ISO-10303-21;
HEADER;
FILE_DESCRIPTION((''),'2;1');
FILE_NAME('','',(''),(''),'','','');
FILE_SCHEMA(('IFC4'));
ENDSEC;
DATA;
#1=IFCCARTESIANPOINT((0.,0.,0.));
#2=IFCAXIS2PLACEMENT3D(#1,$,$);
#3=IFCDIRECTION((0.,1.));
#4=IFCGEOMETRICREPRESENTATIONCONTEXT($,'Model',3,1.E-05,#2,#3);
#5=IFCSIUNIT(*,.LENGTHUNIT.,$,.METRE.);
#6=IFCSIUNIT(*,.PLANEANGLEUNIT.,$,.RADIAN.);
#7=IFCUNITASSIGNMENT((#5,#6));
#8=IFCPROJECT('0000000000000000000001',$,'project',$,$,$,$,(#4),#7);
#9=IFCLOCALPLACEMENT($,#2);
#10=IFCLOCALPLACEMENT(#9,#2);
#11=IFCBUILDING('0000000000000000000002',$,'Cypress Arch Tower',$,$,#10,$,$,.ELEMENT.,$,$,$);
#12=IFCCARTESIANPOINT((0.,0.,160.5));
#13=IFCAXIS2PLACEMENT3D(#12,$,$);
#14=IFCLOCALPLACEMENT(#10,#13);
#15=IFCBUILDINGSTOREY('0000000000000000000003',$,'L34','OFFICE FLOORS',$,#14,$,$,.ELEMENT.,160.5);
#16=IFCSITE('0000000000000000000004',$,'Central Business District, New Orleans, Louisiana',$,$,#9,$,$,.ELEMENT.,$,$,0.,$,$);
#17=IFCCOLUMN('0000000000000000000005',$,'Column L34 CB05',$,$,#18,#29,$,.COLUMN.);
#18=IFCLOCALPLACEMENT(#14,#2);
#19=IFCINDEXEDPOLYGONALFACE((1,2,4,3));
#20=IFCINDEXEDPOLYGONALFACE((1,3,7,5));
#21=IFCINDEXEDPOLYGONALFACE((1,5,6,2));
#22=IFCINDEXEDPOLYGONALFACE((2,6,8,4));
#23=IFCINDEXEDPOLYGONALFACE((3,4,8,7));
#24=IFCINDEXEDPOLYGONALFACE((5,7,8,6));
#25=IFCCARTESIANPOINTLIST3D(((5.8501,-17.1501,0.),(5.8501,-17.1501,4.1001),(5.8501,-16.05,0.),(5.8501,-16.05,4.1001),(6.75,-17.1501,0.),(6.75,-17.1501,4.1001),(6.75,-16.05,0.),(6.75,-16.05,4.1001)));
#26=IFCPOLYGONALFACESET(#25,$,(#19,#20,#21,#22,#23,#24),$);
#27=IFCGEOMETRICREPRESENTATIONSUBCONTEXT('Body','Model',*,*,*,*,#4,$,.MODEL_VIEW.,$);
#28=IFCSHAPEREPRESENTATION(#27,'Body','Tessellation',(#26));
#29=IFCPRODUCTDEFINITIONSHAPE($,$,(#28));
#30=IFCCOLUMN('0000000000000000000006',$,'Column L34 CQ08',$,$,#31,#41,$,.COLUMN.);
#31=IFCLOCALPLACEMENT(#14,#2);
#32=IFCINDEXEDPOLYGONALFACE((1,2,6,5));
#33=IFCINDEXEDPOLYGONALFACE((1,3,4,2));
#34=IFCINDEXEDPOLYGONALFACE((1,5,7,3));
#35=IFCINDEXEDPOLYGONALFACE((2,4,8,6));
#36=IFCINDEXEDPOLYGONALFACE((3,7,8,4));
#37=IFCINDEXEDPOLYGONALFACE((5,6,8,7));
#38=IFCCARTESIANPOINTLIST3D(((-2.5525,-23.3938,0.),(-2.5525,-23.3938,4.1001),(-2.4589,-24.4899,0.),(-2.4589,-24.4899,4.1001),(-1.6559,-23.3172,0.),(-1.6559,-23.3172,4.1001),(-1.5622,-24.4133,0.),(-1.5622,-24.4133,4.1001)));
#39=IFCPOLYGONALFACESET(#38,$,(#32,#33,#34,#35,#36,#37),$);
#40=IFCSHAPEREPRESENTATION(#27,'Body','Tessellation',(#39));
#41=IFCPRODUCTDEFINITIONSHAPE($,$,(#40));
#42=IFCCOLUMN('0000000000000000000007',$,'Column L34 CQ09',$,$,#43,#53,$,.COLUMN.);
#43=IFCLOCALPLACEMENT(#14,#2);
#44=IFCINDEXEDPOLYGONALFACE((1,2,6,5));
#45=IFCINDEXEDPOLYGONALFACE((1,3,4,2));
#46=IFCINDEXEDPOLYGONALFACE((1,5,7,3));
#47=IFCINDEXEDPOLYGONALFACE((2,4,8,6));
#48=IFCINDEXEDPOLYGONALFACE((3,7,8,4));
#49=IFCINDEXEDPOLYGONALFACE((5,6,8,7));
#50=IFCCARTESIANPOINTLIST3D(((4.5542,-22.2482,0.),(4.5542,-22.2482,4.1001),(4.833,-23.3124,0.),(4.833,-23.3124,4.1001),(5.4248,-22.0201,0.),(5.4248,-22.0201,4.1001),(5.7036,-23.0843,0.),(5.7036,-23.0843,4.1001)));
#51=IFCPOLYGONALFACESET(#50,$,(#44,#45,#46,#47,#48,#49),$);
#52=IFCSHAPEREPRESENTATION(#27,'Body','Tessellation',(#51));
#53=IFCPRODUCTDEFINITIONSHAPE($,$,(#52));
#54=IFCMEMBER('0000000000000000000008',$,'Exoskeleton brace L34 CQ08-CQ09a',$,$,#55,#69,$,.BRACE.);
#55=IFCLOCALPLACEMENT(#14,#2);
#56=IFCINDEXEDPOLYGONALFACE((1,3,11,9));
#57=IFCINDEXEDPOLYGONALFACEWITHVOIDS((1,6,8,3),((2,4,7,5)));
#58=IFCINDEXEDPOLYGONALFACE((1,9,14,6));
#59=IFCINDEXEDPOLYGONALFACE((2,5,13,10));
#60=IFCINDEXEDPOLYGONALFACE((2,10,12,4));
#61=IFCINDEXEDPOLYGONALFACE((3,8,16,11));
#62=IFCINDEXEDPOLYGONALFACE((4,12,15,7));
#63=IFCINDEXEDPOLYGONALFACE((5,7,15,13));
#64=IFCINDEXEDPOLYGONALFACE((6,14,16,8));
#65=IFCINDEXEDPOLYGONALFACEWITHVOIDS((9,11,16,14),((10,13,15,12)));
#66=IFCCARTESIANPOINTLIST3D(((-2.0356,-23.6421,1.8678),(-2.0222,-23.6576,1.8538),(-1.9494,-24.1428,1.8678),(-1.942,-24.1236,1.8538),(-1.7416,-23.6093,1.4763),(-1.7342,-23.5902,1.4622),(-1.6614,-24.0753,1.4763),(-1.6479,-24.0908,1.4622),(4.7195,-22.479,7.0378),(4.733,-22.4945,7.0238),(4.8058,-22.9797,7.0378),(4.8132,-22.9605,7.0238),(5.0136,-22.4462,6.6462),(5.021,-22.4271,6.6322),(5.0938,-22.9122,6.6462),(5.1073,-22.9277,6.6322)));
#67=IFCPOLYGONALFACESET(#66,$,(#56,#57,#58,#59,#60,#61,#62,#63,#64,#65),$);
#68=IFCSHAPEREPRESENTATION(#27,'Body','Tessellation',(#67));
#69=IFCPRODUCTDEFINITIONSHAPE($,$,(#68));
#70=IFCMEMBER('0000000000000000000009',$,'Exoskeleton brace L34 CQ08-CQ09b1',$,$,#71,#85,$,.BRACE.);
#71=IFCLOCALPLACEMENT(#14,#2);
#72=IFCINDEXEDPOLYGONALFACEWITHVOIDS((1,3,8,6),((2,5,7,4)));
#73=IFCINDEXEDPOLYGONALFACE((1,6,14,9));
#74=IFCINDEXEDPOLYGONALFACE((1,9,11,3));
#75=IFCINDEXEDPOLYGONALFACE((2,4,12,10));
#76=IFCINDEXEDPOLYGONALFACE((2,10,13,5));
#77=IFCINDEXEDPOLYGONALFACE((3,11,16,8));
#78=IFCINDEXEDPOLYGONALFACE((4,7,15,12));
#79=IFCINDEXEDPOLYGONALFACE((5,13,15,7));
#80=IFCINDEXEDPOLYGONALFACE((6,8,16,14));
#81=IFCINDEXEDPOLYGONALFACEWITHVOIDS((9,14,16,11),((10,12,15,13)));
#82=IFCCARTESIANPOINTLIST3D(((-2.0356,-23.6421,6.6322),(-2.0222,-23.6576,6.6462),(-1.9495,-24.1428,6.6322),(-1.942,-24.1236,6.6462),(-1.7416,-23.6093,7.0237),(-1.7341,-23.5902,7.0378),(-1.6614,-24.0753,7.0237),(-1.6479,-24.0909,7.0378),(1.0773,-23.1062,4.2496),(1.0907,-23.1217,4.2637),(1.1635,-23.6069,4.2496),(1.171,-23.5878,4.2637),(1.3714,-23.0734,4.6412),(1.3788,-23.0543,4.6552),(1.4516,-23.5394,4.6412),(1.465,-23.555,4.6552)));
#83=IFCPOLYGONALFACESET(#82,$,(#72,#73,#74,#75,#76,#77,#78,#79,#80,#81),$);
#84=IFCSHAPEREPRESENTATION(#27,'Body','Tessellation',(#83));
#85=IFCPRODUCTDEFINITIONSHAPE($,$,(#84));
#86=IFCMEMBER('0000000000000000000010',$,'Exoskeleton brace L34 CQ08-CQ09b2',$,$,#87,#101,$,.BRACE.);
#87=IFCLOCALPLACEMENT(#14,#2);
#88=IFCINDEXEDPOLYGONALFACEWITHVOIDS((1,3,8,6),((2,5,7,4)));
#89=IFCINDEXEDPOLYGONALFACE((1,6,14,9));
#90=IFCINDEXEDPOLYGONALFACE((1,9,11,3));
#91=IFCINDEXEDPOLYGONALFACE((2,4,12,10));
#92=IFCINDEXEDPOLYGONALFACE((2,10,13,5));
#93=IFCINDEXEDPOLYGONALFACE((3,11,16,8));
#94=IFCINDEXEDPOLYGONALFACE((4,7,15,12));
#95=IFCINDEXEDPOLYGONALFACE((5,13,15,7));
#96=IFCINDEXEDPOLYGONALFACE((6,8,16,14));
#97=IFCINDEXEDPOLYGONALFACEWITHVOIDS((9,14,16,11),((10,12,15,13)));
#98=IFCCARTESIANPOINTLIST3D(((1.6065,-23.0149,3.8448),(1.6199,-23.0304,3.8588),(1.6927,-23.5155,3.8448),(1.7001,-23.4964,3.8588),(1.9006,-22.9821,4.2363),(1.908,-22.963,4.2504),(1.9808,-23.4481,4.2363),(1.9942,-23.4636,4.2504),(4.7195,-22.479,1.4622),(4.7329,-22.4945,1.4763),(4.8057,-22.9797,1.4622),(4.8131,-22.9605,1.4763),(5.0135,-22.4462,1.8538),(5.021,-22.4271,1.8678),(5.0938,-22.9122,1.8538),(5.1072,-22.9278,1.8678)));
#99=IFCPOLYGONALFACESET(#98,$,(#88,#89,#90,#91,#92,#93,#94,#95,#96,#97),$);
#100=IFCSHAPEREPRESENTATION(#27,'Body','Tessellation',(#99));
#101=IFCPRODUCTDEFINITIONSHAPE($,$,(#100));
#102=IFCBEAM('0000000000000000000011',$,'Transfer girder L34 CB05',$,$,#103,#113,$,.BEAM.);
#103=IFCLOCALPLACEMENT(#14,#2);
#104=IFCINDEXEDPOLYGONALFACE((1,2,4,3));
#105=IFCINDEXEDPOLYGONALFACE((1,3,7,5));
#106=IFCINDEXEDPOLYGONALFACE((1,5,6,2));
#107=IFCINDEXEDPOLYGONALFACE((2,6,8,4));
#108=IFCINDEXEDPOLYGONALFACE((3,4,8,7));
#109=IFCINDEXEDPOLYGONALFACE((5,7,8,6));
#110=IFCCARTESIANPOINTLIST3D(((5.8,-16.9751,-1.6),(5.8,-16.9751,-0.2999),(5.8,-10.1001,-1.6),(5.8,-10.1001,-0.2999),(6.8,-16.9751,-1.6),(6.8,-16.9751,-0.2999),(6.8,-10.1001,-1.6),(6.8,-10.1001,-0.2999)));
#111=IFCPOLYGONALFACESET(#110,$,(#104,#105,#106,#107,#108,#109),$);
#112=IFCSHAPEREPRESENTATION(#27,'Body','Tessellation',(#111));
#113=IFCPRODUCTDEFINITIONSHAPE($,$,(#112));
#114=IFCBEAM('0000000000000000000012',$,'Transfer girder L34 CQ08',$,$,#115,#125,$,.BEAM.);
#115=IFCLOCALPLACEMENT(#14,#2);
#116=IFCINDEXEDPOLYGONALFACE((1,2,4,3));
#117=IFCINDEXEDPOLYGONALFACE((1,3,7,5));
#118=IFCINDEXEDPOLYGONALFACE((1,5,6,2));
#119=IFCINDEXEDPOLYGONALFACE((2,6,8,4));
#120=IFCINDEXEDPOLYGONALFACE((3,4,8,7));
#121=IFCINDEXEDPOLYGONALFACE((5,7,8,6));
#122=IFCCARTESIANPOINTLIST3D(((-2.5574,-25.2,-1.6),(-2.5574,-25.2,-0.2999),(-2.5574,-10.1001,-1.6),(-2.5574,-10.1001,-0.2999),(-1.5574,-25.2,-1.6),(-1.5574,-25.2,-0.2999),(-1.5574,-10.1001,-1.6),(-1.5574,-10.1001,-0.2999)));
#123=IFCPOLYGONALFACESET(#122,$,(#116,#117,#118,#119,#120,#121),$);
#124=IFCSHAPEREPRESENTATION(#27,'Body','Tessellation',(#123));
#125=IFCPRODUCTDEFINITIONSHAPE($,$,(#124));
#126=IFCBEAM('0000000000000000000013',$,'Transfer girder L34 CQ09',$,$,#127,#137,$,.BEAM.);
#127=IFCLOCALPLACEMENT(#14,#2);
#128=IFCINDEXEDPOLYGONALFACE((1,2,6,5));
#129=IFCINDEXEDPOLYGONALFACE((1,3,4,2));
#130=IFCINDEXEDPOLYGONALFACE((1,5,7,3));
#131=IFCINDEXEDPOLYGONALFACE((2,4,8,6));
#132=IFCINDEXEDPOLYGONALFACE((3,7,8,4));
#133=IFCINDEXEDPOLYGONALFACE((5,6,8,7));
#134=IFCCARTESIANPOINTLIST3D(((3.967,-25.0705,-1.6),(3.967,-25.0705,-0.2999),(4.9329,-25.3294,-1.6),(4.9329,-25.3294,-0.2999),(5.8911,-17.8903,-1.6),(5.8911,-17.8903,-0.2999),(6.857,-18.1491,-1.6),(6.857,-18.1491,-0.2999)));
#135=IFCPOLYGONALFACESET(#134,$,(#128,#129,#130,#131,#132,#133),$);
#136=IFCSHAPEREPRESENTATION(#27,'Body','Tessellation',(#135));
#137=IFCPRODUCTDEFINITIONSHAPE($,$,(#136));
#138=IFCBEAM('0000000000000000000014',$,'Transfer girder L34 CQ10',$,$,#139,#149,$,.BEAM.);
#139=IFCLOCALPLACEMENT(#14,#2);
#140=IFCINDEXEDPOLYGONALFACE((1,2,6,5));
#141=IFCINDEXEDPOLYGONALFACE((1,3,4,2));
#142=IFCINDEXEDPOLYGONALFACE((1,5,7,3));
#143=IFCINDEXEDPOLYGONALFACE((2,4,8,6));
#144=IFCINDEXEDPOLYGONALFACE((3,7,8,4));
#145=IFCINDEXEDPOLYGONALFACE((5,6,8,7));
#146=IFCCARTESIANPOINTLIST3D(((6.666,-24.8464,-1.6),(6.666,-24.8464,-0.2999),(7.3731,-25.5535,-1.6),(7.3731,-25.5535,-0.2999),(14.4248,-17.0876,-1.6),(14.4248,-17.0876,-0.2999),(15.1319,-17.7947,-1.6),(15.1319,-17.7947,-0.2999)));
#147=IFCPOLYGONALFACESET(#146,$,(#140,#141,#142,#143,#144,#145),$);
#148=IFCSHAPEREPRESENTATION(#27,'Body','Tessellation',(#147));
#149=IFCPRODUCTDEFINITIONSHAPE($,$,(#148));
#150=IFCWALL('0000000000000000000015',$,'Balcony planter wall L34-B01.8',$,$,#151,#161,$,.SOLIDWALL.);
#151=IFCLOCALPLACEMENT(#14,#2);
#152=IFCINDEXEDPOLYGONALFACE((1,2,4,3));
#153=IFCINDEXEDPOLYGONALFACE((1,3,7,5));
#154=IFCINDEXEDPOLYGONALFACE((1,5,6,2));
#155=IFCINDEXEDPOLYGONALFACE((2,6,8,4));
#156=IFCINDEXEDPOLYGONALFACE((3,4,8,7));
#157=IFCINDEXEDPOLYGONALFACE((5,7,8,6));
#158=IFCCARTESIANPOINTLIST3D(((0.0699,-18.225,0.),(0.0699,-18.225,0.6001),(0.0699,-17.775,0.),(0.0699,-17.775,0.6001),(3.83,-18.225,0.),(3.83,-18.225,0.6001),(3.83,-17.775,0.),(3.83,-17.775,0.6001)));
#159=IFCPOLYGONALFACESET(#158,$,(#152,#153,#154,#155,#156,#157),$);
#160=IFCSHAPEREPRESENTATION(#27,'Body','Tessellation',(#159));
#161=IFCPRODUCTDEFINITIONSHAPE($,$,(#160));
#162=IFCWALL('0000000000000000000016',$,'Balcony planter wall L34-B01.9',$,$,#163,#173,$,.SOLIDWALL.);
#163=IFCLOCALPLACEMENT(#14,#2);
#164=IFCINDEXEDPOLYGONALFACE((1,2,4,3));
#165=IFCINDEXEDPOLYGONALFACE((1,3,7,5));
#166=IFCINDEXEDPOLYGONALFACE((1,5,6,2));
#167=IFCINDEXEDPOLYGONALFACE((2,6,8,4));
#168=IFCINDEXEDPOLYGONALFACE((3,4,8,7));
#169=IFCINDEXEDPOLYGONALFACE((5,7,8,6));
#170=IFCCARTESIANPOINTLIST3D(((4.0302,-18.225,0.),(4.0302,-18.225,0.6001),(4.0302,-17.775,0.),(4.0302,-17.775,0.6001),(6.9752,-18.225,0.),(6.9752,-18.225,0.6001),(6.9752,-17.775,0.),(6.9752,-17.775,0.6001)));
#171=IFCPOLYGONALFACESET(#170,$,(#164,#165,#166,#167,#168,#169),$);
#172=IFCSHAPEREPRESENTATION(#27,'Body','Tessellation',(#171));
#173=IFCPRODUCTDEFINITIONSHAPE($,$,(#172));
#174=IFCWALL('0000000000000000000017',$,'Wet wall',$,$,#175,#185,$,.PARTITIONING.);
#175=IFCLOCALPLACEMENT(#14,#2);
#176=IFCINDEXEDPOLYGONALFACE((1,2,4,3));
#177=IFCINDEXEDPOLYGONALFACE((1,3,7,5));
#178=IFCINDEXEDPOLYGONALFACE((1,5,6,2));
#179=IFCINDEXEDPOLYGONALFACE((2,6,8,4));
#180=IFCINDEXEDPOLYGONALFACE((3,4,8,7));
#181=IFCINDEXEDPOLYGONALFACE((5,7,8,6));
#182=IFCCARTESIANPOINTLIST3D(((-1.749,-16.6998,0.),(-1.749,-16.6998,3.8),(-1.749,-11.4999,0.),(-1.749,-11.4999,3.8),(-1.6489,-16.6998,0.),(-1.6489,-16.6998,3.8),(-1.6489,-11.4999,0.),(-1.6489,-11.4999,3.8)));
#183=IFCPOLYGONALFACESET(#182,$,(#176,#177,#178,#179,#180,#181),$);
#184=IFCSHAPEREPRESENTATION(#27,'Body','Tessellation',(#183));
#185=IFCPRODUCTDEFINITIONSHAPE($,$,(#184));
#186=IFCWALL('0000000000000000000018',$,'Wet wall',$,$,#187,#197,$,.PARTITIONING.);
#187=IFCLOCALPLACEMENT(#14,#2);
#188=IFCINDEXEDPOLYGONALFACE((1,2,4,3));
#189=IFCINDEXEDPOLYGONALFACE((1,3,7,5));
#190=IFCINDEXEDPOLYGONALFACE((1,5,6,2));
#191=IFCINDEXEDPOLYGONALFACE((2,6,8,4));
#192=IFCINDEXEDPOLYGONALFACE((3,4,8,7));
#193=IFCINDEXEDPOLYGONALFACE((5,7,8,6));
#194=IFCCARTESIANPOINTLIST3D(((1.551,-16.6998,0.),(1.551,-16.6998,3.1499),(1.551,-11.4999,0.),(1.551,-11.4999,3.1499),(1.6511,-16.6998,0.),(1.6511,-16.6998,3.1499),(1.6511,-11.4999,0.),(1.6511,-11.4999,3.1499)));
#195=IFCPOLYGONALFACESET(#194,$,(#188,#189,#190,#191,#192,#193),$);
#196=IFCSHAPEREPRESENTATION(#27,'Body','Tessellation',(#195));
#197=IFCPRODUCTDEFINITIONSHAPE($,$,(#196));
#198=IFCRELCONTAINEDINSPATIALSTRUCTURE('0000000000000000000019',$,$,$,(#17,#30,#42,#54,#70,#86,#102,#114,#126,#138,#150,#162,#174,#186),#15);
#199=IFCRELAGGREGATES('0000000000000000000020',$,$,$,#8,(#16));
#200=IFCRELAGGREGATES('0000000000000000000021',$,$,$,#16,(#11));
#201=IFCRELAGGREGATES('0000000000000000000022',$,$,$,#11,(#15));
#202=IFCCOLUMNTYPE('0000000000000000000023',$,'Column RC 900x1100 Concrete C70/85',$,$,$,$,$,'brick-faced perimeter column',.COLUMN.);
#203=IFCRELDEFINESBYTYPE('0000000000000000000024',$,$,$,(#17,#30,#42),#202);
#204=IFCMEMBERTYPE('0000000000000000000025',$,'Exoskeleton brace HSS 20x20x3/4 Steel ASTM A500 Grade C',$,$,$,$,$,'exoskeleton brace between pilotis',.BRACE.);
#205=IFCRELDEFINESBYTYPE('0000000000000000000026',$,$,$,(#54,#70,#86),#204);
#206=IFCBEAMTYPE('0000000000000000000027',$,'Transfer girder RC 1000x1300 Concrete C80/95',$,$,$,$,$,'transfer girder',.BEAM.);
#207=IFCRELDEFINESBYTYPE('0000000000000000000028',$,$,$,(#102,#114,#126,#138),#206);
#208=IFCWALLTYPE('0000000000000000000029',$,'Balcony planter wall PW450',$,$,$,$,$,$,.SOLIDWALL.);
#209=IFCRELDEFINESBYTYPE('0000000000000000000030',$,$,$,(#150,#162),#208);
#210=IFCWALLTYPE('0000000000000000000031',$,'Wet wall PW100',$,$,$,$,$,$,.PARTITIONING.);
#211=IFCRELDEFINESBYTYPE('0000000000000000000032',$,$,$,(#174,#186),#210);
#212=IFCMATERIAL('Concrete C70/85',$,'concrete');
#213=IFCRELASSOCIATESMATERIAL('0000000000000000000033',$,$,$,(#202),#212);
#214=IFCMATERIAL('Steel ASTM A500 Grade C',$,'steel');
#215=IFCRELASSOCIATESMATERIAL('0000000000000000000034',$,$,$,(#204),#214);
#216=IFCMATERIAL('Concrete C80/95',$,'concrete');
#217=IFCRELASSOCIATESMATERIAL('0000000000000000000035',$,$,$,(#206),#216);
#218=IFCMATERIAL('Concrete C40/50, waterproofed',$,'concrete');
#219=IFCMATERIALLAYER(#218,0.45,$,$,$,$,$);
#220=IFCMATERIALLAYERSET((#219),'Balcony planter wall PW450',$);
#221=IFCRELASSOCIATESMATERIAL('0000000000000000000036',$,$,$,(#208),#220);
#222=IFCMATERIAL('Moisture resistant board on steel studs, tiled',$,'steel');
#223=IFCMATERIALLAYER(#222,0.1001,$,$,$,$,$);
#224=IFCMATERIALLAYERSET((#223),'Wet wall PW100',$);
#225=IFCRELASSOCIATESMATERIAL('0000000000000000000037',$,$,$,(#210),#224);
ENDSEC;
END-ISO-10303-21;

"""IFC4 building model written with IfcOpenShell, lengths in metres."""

from ifc_helpers import new_model, si_unit, direction, frame, frame_2d, origin, origin_2d, place, context, subcontext, project, spatial, rectangle, hollow_rectangle, extrude, material, layer, layer_set, material_profile, profile_set, type_object, element, save


model = new_model("IFC4")

# Units and contexts
model_context = context("Model", 3, precision=1e-05, world=origin(), true_north=direction((0.0, 1.0)))
body_context = subcontext(model_context, "Body", "Model", "MODEL_VIEW")
ifc_project = project(units=[si_unit("LENGTHUNIT", "METRE"), si_unit("PLANEANGLEUNIT", "RADIAN")], contexts=[model_context])

# Site, building, storey
site_placement = place(None, origin())
site = spatial("IfcSite", under=ifc_project, at=site_placement, Name="Central Business District, New Orleans, Louisiana", CompositionType="ELEMENT", RefElevation=0.0)
building_placement = place(site_placement, origin())
building = spatial("IfcBuilding", under=site, at=building_placement, Name="Cypress Arch Tower", CompositionType="ELEMENT")
storey_placement = place(building_placement, frame((0.0, 0.0, 160.5)))
storey = spatial("IfcBuildingStorey", under=building, at=storey_placement, Name="L34", Description="OFFICE FLOORS", CompositionType="ELEMENT", Elevation=160.5)

# Columns
ifc_material_1 = material(Name="Concrete C70/85", Category="concrete")
ifc_material_profile_1 = material_profile(ifc_material_1, rectangle(XDim=0.8999, YDim=1.1001, at=origin_2d()), Name="RC 900x1100")
ifc_profile_set_1 = profile_set([ifc_material_profile_1], Name="Concrete C70/85")
column_type = type_object("IfcColumnType", Name="Column RC 900x1100 Concrete C70/85", ElementType="brick-faced perimeter column", PredefinedType="COLUMN", material=ifc_profile_set_1)
for number, where, z_axis, x_axis, name in (
    (1, (6.3, -16.6001, 0.0), (0.0, 0.0, 1.0), (1.0, 0.0, 0.0), "Column L34 CB05"),
    (2, (-2.0574, -23.9036, 0.0), (0.0, 0.0, 1.0), (0.996368, 0.085149, 0.0), "Column L34 CQ08"),
    (3, (5.1289, -22.6663, 0.0), (0.0, 0.0, 1.0), (0.967356, 0.253422, 0.0), "Column L34 CQ09"),
):
    element("IfcColumn", number, at=place(storey_placement, frame(where, z_axis=z_axis, x_axis=x_axis)), inside=storey, type_object=column_type, Name=name, PredefinedType="COLUMN", context=body_context, shape_type="SweptSolid", body=[
        extrude(rectangle(XDim=0.8999, YDim=1.1001, at=origin_2d()), origin(), (0.0, 0.0, 1.0), 4.1001),
    ])

# Members
ifc_material_2 = material(Name="Steel ASTM A500 Grade C", Category="steel")
ifc_material_profile_2 = material_profile(ifc_material_2, hollow_rectangle(XDim=0.5081, YDim=0.5081, WallThickness=0.0176, at=origin_2d()), Name="HSS 20x20x3/4")
ifc_profile_set_2 = profile_set([ifc_material_profile_2], Name="Steel ASTM A500 Grade C")
member_type = type_object("IfcMemberType", Name="Exoskeleton brace HSS 20x20x3/4 Steel ASTM A500 Grade C", ElementType="exoskeleton brace between pilotis", PredefinedType="BRACE", material=ifc_profile_set_2)
member_placement = place(storey_placement, frame((-1.8418, -23.8665, 1.665), z_axis=(0.786797, 0.135469, 0.602162), x_axis=(-0.169681, 0.985499, 0.0)))
element("IfcMember", 4, at=member_placement, inside=storey, type_object=member_type, Name="Exoskeleton brace L34 CQ08-CQ09a", PredefinedType="BRACE", context=body_context, shape_type="SweptSolid", body=[
    extrude(hollow_rectangle(XDim=0.5081, YDim=0.5081, WallThickness=0.0176, at=origin_2d()), origin(), (0.0, 0.0, 1.0), 8.5857),
])
for number, where, z_axis, x_axis, name in (
    (5, (-1.8418, -23.8665, 6.835), (0.786793, 0.135441, -0.602173), (-0.169648, 0.985505, 0.0), "Exoskeleton brace L34 CQ08-CQ09b1"),
    (6, (4.9133, -22.7034, 1.665), (-0.786793, -0.135441, 0.602173), (0.169648, -0.985505, 0.0), "Exoskeleton brace L34 CQ08-CQ09b2"),
):
    element("IfcMember", number, at=place(storey_placement, frame(where, z_axis=z_axis, x_axis=x_axis)), inside=storey, type_object=member_type, Name=name, PredefinedType="BRACE", context=body_context, shape_type="SweptSolid", body=[
        extrude(hollow_rectangle(XDim=0.5081, YDim=0.5081, WallThickness=0.0176, at=origin_2d()), origin(), (0.0, 0.0, 1.0), 3.9565),
    ])

# Beams
ifc_material_3 = material(Name="Concrete C80/95", Category="concrete")
ifc_material_profile_3 = material_profile(ifc_material_3, rectangle(XDim=1.0, YDim=1.3, at=origin_2d()), Name="RC 1000x1300")
ifc_profile_set_3 = profile_set([ifc_material_profile_3], Name="Concrete C80/95")
beam_type = type_object("IfcBeamType", Name="Transfer girder RC 1000x1300 Concrete C80/95", ElementType="transfer girder", PredefinedType="BEAM", material=ifc_profile_set_3)
beam_1_placement = place(storey_placement, frame((6.3, -16.9751, -0.95), z_axis=(0.0, 1.0, 0.0), x_axis=(-1.0, 0.0, 0.0)))
element("IfcBeam", 7, at=beam_1_placement, inside=storey, type_object=beam_type, Name="Transfer girder L34 CB05", PredefinedType="BEAM", context=body_context, shape_type="SweptSolid", body=[
    extrude(rectangle(XDim=1.0, YDim=1.3, at=origin_2d()), origin(), (0.0, 0.0, 1.0), 6.875),
])
beam_2_placement = place(storey_placement, frame((-2.0574, -25.2, -0.95), z_axis=(0.0, 1.0, 0.0), x_axis=(-1.0, 0.0, 0.0)))
element("IfcBeam", 8, at=beam_2_placement, inside=storey, type_object=beam_type, Name="Transfer girder L34 CQ08", PredefinedType="BEAM", context=body_context, shape_type="SweptSolid", body=[
    extrude(rectangle(XDim=1.0, YDim=1.3, at=origin_2d()), origin(), (0.0, 0.0, 1.0), 15.0999),
])
beam_3_placement = place(storey_placement, frame((4.45, -25.2, -0.95), z_axis=(0.258838, 0.965921, 0.0), x_axis=(-0.965921, 0.258838, 0.0)))
element("IfcBeam", 9, at=beam_3_placement, inside=storey, type_object=beam_type, Name="Transfer girder L34 CQ09", PredefinedType="BEAM", context=body_context, shape_type="SweptSolid", body=[
    extrude(rectangle(XDim=1.0, YDim=1.3, at=origin_2d()), origin(), (0.0, 0.0, 1.0), 7.4336),
])
beam_4_placement = place(storey_placement, frame((7.0195, -25.2, -0.95), z_axis=(0.707107, 0.707107, 0.0), x_axis=(-0.707107, 0.707107, 0.0)))
element("IfcBeam", 10, at=beam_4_placement, inside=storey, type_object=beam_type, Name="Transfer girder L34 CQ10", PredefinedType="BEAM", context=body_context, shape_type="SweptSolid", body=[
    extrude(rectangle(XDim=1.0, YDim=1.3, at=origin_2d()), origin(), (0.0, 0.0, 1.0), 10.9727),
])

# Walls
ifc_material_4 = material(Name="Concrete C40/50, waterproofed", Category="concrete")
ifc_layer_1 = layer(ifc_material_4, 0.45)
ifc_layer_set_1 = layer_set([ifc_layer_1], Name="Balcony planter wall PW450")
wall_type_1 = type_object("IfcWallType", Name="Balcony planter wall PW450", PredefinedType="SOLIDWALL", material=ifc_layer_set_1)
wall_1_placement = place(storey_placement, frame((0.0701, -18.0, 0.0), z_axis=(0.0, 0.0, 1.0), x_axis=(1.0, 0.0, 0.0)))
element("IfcWall", 11, at=wall_1_placement, inside=storey, type_object=wall_type_1, Name="Balcony planter wall L34-B01.8", PredefinedType="SOLIDWALL", context=body_context, shape_type="SweptSolid", body=[
    extrude(rectangle(XDim=3.76, YDim=0.45, at=frame_2d((1.8799, 0.0))), origin(), (0.0, 0.0, 1.0), 0.6001),
])
wall_2_placement = place(storey_placement, frame((4.03, -18.0, 0.0), z_axis=(0.0, 0.0, 1.0), x_axis=(1.0, 0.0, 0.0)))
element("IfcWall", 12, at=wall_2_placement, inside=storey, type_object=wall_type_1, Name="Balcony planter wall L34-B01.9", PredefinedType="SOLIDWALL", context=body_context, shape_type="SweptSolid", body=[
    extrude(rectangle(XDim=2.9451, YDim=0.45, at=frame_2d((1.4727, 0.0))), origin(), (0.0, 0.0, 1.0), 0.6001),
])

# Walls
ifc_material_5 = material(Name="Moisture resistant board on steel studs, tiled", Category="steel")
ifc_layer_2 = layer(ifc_material_5, 0.1001)
ifc_layer_set_2 = layer_set([ifc_layer_2], Name="Wet wall PW100")
wall_type_2 = type_object("IfcWallType", Name="Wet wall PW100", PredefinedType="PARTITIONING", material=ifc_layer_set_2)
wall_3_placement = place(storey_placement, frame((-1.699, -16.7, 0.0), z_axis=(0.0, 0.0, 1.0), x_axis=(0.0, 1.0, 0.0)))
element("IfcWall", 13, at=wall_3_placement, inside=storey, type_object=wall_type_2, Name="Wet wall", PredefinedType="PARTITIONING", context=body_context, shape_type="SweptSolid", body=[
    extrude(rectangle(XDim=5.2, YDim=0.1001, at=frame_2d((2.6001, 0.0))), origin(), (0.0, 0.0, 1.0), 3.8),
])
wall_4_placement = place(storey_placement, frame((1.6011, -16.7, 0.0), z_axis=(0.0, 0.0, 1.0), x_axis=(0.0, 1.0, 0.0)))
element("IfcWall", 14, at=wall_4_placement, inside=storey, type_object=wall_type_2, Name="Wet wall", PredefinedType="PARTITIONING", context=body_context, shape_type="SweptSolid", body=[
    extrude(rectangle(XDim=5.2, YDim=0.1001, at=frame_2d((2.6001, 0.0))), origin(), (0.0, 0.0, 1.0), 3.1499),
])

save(model, "model.ifc")
